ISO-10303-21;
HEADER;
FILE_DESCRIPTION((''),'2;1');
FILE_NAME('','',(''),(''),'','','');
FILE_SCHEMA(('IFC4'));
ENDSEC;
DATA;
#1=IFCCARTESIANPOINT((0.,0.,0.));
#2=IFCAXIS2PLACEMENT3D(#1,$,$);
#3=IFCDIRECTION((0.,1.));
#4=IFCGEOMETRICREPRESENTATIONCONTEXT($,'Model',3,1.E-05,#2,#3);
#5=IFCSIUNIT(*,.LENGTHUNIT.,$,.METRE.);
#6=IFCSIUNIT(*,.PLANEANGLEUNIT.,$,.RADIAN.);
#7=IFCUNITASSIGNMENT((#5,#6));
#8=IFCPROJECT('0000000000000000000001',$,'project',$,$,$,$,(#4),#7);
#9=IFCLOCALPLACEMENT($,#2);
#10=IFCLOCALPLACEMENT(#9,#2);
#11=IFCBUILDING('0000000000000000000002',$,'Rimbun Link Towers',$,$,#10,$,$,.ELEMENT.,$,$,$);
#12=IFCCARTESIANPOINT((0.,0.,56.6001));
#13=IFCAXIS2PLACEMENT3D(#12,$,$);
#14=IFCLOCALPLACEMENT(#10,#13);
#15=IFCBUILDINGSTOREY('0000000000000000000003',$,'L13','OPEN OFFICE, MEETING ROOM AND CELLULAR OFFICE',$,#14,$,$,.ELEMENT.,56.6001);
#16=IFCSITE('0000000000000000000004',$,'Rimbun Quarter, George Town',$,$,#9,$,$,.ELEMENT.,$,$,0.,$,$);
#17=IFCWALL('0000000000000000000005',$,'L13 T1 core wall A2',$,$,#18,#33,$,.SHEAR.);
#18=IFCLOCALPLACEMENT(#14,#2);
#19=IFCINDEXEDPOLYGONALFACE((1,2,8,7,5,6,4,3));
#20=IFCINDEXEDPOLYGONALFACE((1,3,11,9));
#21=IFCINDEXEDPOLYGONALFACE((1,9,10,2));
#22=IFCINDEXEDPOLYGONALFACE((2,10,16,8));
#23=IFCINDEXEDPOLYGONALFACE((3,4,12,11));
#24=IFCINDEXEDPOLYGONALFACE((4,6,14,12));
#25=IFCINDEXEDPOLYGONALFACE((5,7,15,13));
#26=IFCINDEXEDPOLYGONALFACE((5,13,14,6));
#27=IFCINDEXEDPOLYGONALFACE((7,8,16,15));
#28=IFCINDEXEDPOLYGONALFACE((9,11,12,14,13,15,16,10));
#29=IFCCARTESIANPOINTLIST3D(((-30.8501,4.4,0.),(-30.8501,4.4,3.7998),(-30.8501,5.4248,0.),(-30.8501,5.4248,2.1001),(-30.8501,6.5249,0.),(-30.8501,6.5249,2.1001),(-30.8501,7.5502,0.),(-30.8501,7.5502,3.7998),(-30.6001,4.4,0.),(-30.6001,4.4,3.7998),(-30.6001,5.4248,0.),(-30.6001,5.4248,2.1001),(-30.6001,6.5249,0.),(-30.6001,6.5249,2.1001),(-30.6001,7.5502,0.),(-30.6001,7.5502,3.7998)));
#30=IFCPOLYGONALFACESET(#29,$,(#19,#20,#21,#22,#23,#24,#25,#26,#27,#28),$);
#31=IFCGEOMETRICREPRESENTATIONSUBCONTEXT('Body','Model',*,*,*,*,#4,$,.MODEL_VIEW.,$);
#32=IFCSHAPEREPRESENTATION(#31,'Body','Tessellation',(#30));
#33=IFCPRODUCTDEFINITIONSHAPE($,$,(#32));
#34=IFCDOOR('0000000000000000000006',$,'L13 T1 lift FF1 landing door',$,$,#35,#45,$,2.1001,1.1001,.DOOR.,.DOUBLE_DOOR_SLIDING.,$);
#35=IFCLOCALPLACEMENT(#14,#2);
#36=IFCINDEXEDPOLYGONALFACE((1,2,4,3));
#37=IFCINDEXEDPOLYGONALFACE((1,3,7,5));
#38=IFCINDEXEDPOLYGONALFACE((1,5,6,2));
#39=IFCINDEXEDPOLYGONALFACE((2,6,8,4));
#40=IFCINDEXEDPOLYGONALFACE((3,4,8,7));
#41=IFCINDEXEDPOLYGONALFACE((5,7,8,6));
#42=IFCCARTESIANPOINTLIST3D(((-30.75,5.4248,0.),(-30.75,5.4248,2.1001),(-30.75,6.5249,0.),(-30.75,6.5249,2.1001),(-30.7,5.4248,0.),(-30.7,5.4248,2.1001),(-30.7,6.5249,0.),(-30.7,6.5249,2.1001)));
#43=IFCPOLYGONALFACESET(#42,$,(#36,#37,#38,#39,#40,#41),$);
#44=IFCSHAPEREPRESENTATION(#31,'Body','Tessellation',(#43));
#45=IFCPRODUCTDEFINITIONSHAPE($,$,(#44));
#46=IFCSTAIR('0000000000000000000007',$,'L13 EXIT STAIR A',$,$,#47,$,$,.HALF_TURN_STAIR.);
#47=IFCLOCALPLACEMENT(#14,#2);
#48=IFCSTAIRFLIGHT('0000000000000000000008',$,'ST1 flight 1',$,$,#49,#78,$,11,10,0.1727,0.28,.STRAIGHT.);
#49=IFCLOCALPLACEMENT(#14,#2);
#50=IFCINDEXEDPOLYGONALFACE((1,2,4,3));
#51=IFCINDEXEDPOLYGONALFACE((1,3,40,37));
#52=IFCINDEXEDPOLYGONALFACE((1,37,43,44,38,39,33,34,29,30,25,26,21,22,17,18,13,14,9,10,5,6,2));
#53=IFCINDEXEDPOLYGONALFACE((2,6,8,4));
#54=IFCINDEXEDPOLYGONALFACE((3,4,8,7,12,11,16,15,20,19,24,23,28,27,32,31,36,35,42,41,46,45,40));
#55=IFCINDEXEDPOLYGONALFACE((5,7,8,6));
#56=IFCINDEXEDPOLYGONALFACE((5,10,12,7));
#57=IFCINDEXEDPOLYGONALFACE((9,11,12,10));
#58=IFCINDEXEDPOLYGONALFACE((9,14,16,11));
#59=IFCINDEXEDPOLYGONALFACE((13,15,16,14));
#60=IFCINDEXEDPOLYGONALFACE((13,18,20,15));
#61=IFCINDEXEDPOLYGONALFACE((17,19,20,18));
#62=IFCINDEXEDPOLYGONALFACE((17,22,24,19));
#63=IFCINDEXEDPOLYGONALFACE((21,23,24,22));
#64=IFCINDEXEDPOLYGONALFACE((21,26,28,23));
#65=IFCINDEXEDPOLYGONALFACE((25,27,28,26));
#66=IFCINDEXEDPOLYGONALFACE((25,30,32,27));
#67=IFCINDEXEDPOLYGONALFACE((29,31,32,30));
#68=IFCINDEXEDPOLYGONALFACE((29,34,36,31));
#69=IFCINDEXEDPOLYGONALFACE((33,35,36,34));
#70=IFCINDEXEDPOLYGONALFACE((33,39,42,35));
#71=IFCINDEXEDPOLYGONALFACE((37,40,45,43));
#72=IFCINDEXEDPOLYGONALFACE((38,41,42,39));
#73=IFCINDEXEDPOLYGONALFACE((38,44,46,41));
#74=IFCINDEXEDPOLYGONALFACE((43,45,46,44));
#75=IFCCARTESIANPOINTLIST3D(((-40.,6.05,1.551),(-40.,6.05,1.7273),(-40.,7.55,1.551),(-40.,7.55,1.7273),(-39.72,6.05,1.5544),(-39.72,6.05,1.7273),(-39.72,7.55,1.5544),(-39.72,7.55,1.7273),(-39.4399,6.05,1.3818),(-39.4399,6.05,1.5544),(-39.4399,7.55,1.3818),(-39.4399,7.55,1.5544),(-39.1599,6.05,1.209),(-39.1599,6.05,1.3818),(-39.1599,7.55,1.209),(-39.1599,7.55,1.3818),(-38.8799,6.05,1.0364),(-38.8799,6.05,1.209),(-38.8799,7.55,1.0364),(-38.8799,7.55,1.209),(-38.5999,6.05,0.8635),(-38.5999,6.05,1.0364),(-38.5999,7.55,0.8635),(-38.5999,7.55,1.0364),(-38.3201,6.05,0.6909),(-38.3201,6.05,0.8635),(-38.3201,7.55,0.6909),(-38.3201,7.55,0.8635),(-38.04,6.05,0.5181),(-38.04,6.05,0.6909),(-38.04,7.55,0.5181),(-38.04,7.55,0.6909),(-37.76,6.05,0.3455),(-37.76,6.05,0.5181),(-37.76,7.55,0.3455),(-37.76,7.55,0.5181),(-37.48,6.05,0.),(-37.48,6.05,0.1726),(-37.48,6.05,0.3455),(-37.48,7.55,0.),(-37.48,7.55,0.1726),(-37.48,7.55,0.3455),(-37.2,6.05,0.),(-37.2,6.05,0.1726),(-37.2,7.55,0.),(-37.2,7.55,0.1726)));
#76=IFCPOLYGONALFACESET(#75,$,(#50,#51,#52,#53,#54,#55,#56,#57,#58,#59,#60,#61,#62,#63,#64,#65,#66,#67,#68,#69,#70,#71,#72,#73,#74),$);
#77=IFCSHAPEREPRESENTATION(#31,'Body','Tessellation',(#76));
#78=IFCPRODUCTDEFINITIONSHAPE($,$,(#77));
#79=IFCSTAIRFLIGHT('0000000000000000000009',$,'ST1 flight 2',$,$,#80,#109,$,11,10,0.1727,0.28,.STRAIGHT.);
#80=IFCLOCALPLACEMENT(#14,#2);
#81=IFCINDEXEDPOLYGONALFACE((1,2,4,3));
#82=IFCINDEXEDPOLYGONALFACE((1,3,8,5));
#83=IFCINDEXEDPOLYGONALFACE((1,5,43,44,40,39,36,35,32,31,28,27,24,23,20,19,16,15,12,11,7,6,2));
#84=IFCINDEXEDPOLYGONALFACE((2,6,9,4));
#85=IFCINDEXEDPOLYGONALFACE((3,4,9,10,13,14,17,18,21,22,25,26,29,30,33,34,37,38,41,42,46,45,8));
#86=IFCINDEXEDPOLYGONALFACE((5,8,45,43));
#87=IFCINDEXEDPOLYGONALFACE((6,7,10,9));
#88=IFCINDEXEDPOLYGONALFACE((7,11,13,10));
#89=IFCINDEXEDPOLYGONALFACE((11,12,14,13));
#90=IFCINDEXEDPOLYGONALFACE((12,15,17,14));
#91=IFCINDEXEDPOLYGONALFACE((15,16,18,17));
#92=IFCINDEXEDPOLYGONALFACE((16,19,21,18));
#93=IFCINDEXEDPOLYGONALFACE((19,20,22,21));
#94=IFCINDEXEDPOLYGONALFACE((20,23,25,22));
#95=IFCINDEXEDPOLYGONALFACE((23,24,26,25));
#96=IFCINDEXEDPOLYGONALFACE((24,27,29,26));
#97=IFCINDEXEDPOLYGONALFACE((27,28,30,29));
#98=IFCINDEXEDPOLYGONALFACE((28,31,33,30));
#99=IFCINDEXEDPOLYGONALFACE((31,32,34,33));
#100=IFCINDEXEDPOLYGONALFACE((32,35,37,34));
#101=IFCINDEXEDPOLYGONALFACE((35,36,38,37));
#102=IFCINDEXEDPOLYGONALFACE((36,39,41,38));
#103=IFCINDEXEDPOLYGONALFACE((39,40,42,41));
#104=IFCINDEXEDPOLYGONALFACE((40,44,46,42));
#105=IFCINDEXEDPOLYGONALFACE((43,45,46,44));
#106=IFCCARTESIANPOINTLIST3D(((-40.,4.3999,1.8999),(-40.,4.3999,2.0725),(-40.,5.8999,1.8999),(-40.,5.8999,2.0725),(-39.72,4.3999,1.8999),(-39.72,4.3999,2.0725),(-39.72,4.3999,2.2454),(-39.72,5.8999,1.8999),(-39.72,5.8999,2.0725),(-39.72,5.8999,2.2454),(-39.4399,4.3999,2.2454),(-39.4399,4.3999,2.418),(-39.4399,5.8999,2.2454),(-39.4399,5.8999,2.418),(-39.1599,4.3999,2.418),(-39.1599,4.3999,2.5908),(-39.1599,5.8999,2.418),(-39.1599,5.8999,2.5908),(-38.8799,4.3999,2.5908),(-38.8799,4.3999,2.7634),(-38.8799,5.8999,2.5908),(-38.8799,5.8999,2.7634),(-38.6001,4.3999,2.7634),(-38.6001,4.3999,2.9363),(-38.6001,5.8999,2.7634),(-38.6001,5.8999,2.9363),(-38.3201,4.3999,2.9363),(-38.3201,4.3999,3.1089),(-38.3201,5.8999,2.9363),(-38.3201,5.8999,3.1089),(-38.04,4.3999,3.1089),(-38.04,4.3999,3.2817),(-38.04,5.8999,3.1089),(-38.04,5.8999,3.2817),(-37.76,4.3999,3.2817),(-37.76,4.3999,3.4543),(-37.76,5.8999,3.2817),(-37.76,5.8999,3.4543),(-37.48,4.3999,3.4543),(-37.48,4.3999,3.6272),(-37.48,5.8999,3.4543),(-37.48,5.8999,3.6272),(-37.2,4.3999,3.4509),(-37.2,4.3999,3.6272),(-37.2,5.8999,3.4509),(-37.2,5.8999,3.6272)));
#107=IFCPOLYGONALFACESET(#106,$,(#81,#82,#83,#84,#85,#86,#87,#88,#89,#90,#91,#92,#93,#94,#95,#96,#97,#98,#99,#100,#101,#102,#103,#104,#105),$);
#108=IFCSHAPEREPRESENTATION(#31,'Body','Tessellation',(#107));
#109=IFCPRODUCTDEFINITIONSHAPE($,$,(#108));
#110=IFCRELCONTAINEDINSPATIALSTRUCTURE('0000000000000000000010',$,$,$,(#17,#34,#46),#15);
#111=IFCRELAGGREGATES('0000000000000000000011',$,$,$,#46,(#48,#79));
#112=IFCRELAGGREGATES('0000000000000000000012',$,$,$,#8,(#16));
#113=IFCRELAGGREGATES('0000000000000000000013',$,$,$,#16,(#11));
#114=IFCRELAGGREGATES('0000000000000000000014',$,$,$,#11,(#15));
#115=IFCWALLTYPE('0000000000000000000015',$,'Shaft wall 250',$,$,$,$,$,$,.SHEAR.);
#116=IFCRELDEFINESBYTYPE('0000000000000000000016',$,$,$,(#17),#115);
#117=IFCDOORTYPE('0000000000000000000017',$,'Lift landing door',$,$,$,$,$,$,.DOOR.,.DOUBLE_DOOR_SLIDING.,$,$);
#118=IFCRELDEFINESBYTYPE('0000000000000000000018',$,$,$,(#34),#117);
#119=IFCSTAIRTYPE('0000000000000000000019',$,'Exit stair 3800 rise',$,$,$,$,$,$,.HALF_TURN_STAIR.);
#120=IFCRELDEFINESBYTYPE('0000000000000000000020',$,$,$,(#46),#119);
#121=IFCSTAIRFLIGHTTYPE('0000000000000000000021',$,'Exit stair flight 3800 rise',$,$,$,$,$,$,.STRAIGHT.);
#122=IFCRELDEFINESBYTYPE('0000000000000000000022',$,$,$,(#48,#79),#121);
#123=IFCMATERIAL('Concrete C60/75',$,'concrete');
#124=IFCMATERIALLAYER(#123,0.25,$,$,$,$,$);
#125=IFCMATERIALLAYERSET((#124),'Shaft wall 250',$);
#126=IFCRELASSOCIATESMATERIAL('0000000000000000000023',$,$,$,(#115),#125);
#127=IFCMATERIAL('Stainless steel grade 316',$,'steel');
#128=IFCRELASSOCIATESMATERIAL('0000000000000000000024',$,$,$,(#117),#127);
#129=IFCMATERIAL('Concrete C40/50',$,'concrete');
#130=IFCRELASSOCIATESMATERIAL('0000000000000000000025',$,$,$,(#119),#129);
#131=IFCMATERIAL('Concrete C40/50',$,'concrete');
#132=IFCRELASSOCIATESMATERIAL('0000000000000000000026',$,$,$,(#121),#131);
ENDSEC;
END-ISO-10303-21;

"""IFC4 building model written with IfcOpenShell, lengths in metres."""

from ifc_helpers import new_model, si_unit, direction, frame, frame_2d, origin, place, context, subcontext, project, spatial, polyline, rectangle, outline, extrude, material, layer, layer_set, type_object, element, fill, aggregate, save


model = new_model("IFC4")

# Units and contexts
model_context = context("Model", 3, precision=1e-05, world=origin(), true_north=direction((0.0, 1.0)))
body_context = subcontext(model_context, "Body", "Model", "MODEL_VIEW")
ifc_project = project(units=[si_unit("LENGTHUNIT", "METRE"), si_unit("PLANEANGLEUNIT", "RADIAN")], contexts=[model_context])

# Site, building, storey
site_placement = place(None, origin())
site = spatial("IfcSite", under=ifc_project, at=site_placement, Name="Rimbun Quarter, George Town", CompositionType="ELEMENT", RefElevation=0.0)
building_placement = place(site_placement, origin())
building = spatial("IfcBuilding", under=site, at=building_placement, Name="Rimbun Link Towers", CompositionType="ELEMENT")
storey_placement = place(building_placement, frame((0.0, 0.0, 56.6001)))
storey = spatial("IfcBuildingStorey", under=building, at=storey_placement, Name="L13", Description="OPEN OFFICE, MEETING ROOM AND CELLULAR OFFICE", CompositionType="ELEMENT", Elevation=56.6001)

# Wall, opening, door
ifc_material_1 = material(Name="Concrete C60/75", Category="concrete")
ifc_layer_1 = layer(ifc_material_1, 0.25)
ifc_layer_set_1 = layer_set([ifc_layer_1], Name="Shaft wall 250")
wall_type_1 = type_object("IfcWallType", Name="Shaft wall 250", PredefinedType="SHEAR", material=ifc_layer_set_1)
wall_1_placement = place(storey_placement, frame((-30.7251, 4.3999, 0.0), z_axis=(0.0, 0.0, 1.0), x_axis=(0.0, 1.0, 0.0)))
wall_1 = element("IfcWall", 1, at=wall_1_placement, inside=storey, type_object=wall_type_1, Name="L13 T1 core wall A2", PredefinedType="SHEAR", context=body_context, shape_type="SweptSolid", body=[
    extrude(rectangle(XDim=3.1501, YDim=0.25, at=frame_2d((1.5752, 0.0))), origin(), (0.0, 0.0, 1.0), 3.7998),
])
opening_1_placement = place(wall_1_placement, frame((1.0249, 0.0, 0.0)))
opening_1 = element("IfcOpeningElement", 2, at=opening_1_placement, cuts=wall_1, PredefinedType="OPENING", context=body_context, shape_type="SweptSolid", body=[
    extrude(rectangle(XDim=1.1001, YDim=2.1001, at=frame_2d((0.55, 1.05))), frame((0.0, 0.135, 0.0), z_axis=(0.0, -1.0, 0.0), x_axis=(1.0, 0.0, 0.0)), (0.0, 0.0, 1.0), 0.27),
])
ifc_material_2 = material(Name="Stainless steel grade 316", Category="steel")
door_type_1 = type_object("IfcDoorType", Name="Lift landing door", OperationType="DOUBLE_DOOR_SLIDING", PredefinedType="DOOR", material=ifc_material_2)
door_1_placement = place(opening_1_placement, origin())
door_1 = element("IfcDoor", 3, at=door_1_placement, inside=storey, type_object=door_type_1, Name="L13 T1 lift FF1 landing door", OperationType="DOUBLE_DOOR_SLIDING", OverallHeight=2.1001, OverallWidth=1.1001, PredefinedType="DOOR", context=body_context, shape_type="SweptSolid", body=[
    extrude(rectangle(XDim=1.1001, YDim=2.1001, at=frame_2d((0.55, 1.05))), frame((0.0, 0.0249, 0.0), z_axis=(0.0, -1.0, 0.0), x_axis=(1.0, 0.0, 0.0)), (0.0, 0.0, 1.0), 0.05),
])
fill(opening_1, door_1)

# Stair, stair flights
ifc_material_3 = material(Name="Concrete C40/50", Category="concrete")
stair_type = type_object("IfcStairType", Name="Exit stair 3800 rise", PredefinedType="HALF_TURN_STAIR", material=ifc_material_3)
stair_placement = place(storey_placement, origin())
stair = element("IfcStair", 4, at=stair_placement, inside=storey, type_object=stair_type, Name="L13 EXIT STAIR A", PredefinedType="HALF_TURN_STAIR")
ifc_material_4 = material(Name="Concrete C40/50", Category="concrete")
stair_flight_type = type_object("IfcStairFlightType", Name="Exit stair flight 3800 rise", PredefinedType="STRAIGHT", material=ifc_material_4)
stair_flight_1_placement = place(storey_placement, frame((-37.2, 6.8, 0.0), z_axis=(0.0, 0.0, 1.0), x_axis=(-1.0, 0.0, 0.0)))
stair_flight_1 = element("IfcStairFlight", 5, at=stair_flight_1_placement, type_object=stair_flight_type, Name="ST1 flight 1", NumberOfRisers=11, NumberOfTreads=10, PredefinedType="STRAIGHT", RiserHeight=0.1727, TreadLength=0.28, context=body_context, shape_type="SweptSolid", body=[
    extrude(outline(polyline([(0.0, 0.0), (0.0, 0.1726), (0.28, 0.1726), (0.28, 0.3455), (0.5601, 0.3455), (0.5601, 0.5181), (0.8401, 0.5181), (0.8401, 0.6909), (1.1201, 0.6909), (1.1201, 0.8635), (1.3999, 0.8635), (1.3999, 1.0364), (1.6799, 1.0364), (1.6799, 1.209), (1.96, 1.209), (1.96, 1.3818), (2.24, 1.3818), (2.24, 1.5544), (2.52, 1.5544), (2.52, 1.7273), (2.8, 1.7273), (2.8, 1.8999), (2.8, 1.551), (0.28, 0.0), (0.0, 0.0)])), frame((0.0, 0.75, 0.0), z_axis=(0.0, -1.0, 0.0), x_axis=(1.0, 0.0, 0.0)), (0.0, 0.0, 1.0), 1.5),
])
stair_flight_2_placement = place(storey_placement, frame((-40.0, 5.1499, 1.8999), z_axis=(0.0, 0.0, 1.0), x_axis=(1.0, 0.0, 0.0)))
stair_flight_2 = element("IfcStairFlight", 6, at=stair_flight_2_placement, type_object=stair_flight_type, Name="ST1 flight 2", NumberOfRisers=11, NumberOfTreads=10, PredefinedType="STRAIGHT", RiserHeight=0.1727, TreadLength=0.28, context=body_context, shape_type="SweptSolid", body=[
    extrude(outline(polyline([(0.0, 0.0), (0.0, 0.1726), (0.28, 0.1726), (0.28, 0.3455), (0.5601, 0.3455), (0.5601, 0.5181), (0.8401, 0.5181), (0.8401, 0.6909), (1.1201, 0.6909), (1.1201, 0.8635), (1.3999, 0.8635), (1.3999, 1.0364), (1.6799, 1.0364), (1.6799, 1.209), (1.96, 1.209), (1.96, 1.3818), (2.24, 1.3818), (2.24, 1.5544), (2.52, 1.5544), (2.52, 1.7273), (2.8, 1.7273), (2.8, 1.8999), (2.8, 1.551), (0.28, 0.0), (0.0, 0.0)])), frame((0.0, 0.75, 0.0), z_axis=(0.0, -1.0, 0.0), x_axis=(1.0, 0.0, 0.0)), (0.0, 0.0, 1.0), 1.5),
])
aggregate(stair, [stair_flight_1, stair_flight_2])

save(model, "model.ifc")
